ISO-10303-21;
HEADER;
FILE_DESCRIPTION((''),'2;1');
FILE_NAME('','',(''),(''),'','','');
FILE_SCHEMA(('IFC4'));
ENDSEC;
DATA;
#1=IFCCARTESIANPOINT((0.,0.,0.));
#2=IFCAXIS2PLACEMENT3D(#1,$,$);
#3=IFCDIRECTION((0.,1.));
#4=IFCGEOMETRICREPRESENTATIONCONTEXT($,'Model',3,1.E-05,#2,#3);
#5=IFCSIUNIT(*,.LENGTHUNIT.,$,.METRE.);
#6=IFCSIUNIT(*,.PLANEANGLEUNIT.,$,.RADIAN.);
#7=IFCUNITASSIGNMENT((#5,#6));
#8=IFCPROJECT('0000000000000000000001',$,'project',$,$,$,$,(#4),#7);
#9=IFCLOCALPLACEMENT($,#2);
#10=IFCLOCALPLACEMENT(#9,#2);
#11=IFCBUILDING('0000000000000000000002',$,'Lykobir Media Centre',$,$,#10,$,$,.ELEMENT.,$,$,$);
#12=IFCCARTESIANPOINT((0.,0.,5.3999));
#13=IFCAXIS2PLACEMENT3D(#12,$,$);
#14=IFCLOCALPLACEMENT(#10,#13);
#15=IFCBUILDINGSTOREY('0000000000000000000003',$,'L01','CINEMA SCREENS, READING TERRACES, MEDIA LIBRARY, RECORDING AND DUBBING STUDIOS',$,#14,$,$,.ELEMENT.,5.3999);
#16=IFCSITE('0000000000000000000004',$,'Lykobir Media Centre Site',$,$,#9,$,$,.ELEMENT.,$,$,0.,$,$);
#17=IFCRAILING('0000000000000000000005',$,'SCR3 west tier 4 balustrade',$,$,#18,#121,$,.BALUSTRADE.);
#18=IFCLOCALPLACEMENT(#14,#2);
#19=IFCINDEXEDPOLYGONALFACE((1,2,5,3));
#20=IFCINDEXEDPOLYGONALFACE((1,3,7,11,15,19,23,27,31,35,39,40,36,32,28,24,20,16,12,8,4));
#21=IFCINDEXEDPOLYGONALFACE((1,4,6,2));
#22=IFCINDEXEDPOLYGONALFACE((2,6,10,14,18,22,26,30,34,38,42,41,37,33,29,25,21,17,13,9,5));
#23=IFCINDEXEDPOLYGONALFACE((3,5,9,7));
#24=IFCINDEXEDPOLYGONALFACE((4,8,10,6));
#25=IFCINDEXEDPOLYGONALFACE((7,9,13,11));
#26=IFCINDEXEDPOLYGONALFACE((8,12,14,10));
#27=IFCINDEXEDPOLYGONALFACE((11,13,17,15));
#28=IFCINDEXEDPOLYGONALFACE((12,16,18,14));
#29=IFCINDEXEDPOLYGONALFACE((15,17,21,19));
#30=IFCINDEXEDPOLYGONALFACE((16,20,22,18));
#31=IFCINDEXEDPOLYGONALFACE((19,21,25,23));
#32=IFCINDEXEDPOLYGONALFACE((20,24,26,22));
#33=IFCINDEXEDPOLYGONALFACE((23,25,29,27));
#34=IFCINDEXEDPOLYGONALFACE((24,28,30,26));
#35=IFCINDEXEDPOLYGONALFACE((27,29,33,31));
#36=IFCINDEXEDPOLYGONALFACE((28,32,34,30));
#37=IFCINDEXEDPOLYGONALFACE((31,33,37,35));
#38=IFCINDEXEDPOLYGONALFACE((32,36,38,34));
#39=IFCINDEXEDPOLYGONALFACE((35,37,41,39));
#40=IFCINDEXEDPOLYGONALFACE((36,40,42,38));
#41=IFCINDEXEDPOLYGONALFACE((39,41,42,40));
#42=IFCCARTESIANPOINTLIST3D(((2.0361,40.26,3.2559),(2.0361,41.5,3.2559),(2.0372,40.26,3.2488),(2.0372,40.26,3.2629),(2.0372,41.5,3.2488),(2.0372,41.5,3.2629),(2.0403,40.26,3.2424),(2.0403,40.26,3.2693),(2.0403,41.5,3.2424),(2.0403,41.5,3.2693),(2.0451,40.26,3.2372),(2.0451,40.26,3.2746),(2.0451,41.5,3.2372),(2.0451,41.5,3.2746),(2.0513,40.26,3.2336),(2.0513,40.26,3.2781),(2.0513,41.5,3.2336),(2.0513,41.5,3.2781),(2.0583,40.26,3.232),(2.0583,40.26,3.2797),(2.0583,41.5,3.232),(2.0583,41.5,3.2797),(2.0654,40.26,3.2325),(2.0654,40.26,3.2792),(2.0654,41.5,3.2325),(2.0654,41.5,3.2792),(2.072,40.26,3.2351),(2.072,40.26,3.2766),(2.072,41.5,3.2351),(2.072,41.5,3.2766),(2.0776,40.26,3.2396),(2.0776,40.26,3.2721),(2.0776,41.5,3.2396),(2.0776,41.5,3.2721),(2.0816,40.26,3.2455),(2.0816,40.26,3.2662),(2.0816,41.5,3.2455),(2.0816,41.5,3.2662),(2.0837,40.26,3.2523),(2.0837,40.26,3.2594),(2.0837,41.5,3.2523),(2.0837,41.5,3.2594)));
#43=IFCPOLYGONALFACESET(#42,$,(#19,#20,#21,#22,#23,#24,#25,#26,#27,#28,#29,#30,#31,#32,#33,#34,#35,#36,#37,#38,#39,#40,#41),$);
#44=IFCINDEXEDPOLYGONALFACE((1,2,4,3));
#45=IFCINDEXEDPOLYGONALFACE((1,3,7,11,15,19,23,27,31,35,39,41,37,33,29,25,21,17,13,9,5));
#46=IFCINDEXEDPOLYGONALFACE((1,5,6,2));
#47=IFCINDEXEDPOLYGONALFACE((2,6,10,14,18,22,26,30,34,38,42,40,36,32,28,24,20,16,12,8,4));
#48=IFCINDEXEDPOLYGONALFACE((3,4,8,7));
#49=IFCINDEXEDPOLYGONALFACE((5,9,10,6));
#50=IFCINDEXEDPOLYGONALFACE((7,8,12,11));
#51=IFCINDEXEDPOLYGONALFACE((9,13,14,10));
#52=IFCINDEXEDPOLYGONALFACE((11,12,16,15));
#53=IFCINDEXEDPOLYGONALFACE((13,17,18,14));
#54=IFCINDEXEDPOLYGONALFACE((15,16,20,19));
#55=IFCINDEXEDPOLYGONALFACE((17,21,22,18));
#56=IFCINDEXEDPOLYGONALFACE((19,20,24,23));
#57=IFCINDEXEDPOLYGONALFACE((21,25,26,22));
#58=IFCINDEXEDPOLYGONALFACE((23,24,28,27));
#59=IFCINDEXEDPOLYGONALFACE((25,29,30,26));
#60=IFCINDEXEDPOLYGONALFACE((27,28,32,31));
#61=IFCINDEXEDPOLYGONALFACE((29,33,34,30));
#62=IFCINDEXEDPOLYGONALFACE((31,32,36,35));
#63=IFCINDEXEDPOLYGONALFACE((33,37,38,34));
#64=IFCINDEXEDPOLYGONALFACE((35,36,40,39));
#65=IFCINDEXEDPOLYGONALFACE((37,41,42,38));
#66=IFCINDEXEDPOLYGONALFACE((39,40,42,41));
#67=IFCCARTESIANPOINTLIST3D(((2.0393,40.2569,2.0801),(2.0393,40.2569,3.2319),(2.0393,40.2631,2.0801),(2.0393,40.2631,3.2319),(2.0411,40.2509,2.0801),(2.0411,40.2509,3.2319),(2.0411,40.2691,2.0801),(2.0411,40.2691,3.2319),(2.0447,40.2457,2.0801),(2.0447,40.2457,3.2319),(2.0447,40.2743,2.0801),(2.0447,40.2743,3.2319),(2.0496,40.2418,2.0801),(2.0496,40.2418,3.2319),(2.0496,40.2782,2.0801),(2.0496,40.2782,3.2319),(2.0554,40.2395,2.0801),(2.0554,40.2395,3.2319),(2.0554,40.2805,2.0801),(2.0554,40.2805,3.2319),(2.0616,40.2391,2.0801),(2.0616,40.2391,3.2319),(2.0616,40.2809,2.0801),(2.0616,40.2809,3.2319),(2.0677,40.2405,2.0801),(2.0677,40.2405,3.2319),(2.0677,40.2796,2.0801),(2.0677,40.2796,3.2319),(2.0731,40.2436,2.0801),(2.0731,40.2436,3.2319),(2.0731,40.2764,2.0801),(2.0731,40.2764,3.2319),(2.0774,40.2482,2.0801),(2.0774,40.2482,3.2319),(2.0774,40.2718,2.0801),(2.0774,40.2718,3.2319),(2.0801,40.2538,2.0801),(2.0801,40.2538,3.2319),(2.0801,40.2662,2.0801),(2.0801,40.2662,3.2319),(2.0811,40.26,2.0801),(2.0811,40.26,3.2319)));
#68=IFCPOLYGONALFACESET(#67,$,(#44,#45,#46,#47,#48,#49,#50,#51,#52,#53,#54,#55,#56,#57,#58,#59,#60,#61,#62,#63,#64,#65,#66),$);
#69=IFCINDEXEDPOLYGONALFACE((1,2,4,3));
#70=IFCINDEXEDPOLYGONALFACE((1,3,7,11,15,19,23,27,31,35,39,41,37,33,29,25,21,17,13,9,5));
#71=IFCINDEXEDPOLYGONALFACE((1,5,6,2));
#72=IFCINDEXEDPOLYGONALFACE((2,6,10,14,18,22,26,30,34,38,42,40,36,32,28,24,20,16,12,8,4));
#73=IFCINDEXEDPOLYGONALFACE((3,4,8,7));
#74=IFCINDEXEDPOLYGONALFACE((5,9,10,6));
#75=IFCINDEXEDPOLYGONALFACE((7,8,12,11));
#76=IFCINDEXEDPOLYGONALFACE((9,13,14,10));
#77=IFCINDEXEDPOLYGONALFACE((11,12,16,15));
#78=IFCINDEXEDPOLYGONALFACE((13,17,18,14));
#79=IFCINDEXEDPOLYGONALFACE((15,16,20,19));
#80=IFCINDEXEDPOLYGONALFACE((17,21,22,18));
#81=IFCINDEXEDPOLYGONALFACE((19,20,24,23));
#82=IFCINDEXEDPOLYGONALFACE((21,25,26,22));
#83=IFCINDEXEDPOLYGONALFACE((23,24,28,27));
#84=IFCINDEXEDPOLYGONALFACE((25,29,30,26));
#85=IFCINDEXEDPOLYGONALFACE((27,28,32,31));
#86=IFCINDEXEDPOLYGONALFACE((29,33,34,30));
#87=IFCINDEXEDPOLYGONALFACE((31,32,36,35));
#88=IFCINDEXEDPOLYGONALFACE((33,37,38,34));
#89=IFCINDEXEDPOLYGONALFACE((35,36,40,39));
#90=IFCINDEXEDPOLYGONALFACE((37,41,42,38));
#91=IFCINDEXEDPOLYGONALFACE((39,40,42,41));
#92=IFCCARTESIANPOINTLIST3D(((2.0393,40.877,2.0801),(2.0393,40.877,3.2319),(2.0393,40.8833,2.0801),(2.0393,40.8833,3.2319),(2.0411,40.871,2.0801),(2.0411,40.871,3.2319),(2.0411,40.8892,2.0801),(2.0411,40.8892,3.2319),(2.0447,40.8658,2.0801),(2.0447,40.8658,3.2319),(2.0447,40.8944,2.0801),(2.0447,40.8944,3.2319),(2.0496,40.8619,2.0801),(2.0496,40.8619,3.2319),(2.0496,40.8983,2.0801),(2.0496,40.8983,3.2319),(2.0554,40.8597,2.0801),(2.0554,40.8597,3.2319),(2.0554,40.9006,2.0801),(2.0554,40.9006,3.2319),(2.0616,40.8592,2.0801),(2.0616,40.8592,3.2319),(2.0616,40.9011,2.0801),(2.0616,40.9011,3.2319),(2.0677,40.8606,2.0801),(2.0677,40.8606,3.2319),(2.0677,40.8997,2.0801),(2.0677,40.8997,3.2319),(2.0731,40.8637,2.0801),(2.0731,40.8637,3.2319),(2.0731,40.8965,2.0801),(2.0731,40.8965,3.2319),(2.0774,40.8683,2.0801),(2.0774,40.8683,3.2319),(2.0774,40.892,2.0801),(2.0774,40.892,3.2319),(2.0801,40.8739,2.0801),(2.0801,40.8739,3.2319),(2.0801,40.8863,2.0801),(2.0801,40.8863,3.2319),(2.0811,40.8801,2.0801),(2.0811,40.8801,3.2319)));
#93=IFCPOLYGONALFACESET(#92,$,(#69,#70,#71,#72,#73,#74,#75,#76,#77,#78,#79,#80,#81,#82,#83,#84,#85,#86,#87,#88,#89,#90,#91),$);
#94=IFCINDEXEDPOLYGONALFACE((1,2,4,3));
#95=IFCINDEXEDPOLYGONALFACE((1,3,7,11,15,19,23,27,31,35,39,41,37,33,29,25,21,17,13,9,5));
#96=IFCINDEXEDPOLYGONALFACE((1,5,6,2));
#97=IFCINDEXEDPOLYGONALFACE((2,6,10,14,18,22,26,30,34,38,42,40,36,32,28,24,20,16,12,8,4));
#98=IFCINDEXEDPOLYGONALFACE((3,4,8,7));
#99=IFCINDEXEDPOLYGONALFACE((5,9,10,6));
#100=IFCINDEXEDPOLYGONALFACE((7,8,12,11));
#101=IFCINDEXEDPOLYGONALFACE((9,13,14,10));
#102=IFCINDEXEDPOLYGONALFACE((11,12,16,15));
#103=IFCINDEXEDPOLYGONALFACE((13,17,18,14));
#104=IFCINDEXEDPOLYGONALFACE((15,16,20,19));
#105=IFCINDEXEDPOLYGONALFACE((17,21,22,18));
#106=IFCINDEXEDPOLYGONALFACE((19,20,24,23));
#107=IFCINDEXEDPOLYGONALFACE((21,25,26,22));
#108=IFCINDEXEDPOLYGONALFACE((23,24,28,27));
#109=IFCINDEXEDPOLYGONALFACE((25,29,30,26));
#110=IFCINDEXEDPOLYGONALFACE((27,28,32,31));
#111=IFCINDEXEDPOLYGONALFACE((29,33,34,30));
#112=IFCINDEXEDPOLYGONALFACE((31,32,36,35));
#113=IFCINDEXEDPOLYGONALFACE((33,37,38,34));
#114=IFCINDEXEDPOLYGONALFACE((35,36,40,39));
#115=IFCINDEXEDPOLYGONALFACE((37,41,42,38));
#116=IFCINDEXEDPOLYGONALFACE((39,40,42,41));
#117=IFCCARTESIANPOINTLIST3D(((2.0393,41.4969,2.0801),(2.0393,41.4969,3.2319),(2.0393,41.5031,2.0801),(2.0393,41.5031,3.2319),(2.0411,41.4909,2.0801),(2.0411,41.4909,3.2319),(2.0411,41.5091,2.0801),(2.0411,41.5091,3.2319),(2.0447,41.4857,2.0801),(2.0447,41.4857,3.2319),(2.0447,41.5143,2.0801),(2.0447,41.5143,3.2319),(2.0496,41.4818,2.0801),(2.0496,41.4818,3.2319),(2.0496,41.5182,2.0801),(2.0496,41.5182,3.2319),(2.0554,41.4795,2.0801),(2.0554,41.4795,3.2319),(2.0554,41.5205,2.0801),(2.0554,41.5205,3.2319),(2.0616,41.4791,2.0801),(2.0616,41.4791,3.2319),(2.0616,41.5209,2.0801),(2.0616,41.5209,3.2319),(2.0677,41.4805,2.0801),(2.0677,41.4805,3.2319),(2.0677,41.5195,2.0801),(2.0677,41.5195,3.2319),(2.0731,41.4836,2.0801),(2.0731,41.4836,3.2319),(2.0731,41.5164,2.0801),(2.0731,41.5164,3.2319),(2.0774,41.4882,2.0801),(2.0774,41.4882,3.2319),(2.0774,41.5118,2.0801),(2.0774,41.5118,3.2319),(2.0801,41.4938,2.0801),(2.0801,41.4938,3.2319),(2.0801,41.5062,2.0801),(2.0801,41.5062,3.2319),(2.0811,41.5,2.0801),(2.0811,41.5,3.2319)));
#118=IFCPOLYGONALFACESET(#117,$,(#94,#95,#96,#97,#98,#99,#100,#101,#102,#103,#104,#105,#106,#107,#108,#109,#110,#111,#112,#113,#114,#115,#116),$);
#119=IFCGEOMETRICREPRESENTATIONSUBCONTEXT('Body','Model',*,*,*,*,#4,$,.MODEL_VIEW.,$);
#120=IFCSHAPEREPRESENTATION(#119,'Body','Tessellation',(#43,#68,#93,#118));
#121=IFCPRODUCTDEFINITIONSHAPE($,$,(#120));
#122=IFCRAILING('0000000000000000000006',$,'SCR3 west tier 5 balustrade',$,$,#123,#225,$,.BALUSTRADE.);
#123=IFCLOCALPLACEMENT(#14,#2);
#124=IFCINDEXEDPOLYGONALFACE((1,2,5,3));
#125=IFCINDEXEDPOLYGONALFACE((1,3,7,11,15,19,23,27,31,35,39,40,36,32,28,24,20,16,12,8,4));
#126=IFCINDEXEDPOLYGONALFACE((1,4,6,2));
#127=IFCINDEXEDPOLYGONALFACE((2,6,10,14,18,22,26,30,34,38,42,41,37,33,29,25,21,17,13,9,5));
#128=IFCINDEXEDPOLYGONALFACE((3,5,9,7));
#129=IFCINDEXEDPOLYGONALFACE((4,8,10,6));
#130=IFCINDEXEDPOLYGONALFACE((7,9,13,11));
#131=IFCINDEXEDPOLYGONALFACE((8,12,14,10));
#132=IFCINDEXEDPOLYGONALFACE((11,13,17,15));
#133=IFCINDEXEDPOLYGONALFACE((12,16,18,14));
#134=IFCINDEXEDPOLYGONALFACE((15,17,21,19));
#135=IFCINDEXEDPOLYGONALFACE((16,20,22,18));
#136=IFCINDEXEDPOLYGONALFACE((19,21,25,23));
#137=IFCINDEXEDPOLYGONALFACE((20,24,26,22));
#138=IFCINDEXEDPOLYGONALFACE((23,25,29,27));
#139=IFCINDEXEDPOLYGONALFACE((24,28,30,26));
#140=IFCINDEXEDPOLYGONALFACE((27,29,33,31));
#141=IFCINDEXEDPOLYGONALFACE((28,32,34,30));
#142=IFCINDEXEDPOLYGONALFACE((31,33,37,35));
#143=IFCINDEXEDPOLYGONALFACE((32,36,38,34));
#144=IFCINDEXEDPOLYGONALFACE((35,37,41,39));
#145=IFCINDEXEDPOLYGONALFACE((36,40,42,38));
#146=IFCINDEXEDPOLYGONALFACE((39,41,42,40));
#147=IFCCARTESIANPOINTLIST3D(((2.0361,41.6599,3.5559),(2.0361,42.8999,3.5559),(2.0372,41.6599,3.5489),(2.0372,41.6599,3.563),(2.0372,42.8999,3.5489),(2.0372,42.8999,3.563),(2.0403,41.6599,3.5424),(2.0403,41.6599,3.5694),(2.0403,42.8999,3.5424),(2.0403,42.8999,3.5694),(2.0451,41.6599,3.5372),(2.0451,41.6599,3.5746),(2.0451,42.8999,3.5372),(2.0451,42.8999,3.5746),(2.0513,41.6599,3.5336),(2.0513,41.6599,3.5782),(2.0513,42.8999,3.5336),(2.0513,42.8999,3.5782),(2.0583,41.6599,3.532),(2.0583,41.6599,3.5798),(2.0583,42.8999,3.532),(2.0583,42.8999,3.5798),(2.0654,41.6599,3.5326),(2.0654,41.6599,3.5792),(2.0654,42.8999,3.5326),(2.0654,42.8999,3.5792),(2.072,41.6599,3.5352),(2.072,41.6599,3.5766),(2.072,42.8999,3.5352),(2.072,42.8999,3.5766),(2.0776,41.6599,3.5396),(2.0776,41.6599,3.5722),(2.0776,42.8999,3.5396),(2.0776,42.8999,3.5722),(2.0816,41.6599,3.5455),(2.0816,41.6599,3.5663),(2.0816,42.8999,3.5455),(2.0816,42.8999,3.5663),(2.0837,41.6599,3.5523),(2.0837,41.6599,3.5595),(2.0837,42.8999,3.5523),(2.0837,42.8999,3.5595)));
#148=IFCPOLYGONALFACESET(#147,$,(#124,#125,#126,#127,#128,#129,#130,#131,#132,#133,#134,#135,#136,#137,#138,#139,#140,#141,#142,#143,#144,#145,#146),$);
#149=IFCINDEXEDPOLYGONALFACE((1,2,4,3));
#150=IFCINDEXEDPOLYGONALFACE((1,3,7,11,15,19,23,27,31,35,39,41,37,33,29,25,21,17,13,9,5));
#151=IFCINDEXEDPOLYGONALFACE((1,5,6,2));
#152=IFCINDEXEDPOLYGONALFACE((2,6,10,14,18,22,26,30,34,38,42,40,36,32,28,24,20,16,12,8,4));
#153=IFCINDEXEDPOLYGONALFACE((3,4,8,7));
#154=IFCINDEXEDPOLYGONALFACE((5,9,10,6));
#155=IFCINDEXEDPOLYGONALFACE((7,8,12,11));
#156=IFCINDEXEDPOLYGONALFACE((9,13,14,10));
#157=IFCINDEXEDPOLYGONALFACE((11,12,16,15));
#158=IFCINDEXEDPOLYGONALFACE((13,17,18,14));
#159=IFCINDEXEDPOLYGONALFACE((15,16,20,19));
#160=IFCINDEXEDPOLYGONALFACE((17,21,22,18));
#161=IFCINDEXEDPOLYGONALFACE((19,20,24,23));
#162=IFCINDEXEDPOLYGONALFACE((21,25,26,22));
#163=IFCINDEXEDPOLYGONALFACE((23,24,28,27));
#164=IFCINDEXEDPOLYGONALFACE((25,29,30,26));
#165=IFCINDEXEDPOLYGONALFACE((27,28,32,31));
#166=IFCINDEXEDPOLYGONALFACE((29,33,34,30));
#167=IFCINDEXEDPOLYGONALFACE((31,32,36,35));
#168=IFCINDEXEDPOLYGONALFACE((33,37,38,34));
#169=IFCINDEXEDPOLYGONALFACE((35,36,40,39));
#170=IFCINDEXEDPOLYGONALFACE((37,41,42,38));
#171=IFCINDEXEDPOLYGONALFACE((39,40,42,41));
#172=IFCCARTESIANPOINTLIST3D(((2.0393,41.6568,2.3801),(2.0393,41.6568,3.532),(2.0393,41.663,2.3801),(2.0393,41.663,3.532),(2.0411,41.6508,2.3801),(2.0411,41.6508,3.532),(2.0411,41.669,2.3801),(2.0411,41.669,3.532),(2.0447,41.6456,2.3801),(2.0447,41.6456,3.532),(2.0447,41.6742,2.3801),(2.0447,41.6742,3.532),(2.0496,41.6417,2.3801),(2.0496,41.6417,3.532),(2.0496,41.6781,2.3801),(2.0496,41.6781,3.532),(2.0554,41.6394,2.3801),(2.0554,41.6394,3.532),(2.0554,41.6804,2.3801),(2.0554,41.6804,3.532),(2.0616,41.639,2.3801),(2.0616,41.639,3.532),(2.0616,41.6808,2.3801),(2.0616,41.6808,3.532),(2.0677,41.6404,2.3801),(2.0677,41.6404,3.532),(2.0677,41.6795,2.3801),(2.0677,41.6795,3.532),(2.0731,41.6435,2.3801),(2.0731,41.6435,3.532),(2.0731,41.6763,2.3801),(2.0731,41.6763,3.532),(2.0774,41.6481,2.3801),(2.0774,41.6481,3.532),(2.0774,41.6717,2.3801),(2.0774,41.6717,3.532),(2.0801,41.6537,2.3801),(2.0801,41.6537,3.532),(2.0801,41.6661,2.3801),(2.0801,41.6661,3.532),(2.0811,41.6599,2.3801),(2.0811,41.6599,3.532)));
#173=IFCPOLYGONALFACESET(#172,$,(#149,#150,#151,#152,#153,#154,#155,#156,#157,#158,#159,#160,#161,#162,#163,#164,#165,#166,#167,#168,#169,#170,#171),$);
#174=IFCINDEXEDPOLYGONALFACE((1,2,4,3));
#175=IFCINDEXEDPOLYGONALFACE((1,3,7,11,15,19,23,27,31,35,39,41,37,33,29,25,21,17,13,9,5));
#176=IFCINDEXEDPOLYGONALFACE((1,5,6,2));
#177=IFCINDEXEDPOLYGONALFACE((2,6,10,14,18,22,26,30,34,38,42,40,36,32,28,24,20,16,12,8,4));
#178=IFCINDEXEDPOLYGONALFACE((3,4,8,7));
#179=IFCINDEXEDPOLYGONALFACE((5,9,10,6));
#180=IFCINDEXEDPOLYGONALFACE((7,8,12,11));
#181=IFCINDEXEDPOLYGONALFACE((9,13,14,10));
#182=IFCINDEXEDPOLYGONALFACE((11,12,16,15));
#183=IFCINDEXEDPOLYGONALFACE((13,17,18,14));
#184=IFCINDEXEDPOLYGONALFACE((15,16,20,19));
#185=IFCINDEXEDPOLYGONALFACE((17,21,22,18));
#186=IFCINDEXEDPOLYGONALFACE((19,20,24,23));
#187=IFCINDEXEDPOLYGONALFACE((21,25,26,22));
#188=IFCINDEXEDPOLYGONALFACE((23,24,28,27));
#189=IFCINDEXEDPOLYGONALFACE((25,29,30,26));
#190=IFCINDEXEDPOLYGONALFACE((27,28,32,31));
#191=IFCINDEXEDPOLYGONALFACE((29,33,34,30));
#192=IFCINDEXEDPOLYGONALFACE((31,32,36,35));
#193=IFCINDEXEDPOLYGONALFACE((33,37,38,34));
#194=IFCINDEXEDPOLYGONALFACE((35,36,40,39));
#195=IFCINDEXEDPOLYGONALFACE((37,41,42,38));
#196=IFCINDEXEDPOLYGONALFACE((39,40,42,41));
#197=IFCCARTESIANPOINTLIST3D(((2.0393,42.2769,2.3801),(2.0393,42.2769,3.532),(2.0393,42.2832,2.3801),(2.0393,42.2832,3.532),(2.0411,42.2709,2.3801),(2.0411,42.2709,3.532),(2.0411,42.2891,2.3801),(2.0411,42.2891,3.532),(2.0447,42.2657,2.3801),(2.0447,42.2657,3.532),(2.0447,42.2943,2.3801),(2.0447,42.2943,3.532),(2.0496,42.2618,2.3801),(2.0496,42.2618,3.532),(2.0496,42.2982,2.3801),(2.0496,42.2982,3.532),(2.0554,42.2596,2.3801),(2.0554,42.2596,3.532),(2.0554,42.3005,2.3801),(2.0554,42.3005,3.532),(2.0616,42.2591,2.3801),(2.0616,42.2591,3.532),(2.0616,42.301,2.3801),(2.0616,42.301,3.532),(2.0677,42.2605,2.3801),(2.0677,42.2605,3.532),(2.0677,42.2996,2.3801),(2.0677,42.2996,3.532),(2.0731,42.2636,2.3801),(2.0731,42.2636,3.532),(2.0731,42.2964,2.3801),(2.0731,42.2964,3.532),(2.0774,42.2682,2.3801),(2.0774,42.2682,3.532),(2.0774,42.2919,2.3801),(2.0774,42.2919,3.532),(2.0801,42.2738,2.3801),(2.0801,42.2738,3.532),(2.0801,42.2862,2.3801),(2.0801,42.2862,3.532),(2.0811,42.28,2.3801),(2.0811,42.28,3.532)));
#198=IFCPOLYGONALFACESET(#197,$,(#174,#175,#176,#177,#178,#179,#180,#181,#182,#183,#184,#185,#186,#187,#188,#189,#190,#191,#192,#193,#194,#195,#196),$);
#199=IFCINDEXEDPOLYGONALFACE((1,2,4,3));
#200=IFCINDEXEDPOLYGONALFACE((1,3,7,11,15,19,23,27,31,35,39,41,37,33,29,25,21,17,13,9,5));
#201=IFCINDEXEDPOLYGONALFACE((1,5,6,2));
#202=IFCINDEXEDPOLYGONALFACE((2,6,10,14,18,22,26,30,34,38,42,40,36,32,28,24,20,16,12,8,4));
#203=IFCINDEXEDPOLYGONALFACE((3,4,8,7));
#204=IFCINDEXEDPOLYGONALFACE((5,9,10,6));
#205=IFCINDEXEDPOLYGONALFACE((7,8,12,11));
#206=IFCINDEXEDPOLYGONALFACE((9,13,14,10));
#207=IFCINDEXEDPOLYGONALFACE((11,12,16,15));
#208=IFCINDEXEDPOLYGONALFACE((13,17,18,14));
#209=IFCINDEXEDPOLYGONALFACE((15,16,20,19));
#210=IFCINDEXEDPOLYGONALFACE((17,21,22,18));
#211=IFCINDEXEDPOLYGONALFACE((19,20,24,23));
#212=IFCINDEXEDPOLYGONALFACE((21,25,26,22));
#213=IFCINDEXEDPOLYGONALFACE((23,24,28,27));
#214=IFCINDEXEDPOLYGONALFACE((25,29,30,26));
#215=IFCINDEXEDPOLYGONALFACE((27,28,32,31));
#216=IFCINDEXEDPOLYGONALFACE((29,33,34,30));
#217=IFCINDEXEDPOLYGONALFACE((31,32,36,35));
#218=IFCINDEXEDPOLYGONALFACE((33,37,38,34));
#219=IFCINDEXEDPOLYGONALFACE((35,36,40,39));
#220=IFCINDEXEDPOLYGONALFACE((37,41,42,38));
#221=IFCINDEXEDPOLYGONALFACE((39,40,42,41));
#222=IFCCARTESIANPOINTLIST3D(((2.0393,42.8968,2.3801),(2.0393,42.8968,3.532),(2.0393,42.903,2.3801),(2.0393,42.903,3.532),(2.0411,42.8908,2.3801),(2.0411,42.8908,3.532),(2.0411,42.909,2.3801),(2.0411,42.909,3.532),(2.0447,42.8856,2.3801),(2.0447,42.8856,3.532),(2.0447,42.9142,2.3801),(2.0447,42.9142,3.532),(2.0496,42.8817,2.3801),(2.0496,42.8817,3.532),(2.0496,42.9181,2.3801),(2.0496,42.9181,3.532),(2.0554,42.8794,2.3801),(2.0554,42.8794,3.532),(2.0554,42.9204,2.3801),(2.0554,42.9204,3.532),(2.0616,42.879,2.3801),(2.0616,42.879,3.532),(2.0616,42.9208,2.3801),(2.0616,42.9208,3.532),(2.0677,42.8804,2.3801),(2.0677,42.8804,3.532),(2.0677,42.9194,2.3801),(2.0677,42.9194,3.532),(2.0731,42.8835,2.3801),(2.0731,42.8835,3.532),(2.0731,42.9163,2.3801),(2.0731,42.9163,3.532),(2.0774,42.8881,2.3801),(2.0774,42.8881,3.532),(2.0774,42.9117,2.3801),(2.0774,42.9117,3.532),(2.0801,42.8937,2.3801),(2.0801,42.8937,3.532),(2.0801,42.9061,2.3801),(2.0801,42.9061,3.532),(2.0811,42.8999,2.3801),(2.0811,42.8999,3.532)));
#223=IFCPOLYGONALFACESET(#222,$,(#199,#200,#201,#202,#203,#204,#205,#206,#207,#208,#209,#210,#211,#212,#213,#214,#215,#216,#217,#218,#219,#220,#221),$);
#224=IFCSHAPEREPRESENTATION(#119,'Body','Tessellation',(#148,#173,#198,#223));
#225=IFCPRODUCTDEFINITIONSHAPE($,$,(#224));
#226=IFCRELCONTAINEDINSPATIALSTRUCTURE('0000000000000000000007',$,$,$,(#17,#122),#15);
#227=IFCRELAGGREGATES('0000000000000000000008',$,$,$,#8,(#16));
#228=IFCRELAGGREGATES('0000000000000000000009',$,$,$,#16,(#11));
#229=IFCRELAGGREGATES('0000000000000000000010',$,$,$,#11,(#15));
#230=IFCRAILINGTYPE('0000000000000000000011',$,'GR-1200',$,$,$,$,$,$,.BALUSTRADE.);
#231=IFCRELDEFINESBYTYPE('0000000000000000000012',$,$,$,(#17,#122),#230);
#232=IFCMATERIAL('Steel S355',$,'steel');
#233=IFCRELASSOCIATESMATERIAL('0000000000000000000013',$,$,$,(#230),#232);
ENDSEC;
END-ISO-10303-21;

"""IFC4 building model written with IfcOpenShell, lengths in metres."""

from ifc_helpers import new_model, si_unit, direction, frame, origin, origin_2d, place, context, subcontext, project, spatial, circle, extrude, material, type_object, element, save


model = new_model("IFC4")

# Units and contexts
model_context = context("Model", 3, precision=1e-05, world=origin(), true_north=direction((0.0, 1.0)))
body_context = subcontext(model_context, "Body", "Model", "MODEL_VIEW")
ifc_project = project(units=[si_unit("LENGTHUNIT", "METRE"), si_unit("PLANEANGLEUNIT", "RADIAN")], contexts=[model_context])

# Site, building, storey
site_placement = place(None, origin())
site = spatial("IfcSite", under=ifc_project, at=site_placement, Name="Lykobir Media Centre Site", CompositionType="ELEMENT", RefElevation=0.0)
building_placement = place(site_placement, origin())
building = spatial("IfcBuilding", under=site, at=building_placement, Name="Lykobir Media Centre", CompositionType="ELEMENT")
storey_placement = place(building_placement, frame((0.0, 0.0, 5.3999)))
storey = spatial("IfcBuildingStorey", under=building, at=storey_placement, Name="L01", Description="CINEMA SCREENS, READING TERRACES, MEDIA LIBRARY, RECORDING AND DUBBING STUDIOS", CompositionType="ELEMENT", Elevation=5.3999)

# Shared definitions
ifc_material_1 = material(Name="Steel S355", Category="steel")

# Railings
railing_type = type_object("IfcRailingType", Name="GR-1200", PredefinedType="BALUSTRADE", material=ifc_material_1)
for number, where, name in (
    (1, (2.0601, 40.26, 2.0801), "SCR3 west tier 4 balustrade"),
    (2, (2.0601, 41.6599, 2.3801), "SCR3 west tier 5 balustrade"),
):
    element("IfcRailing", number, at=place(storey_placement, frame(where)), inside=storey, type_object=railing_type, Name=name, PredefinedType="BALUSTRADE", context=body_context, shape_type="SweptSolid", body=[
        extrude(circle(Radius=0.0239, at=origin_2d()), frame((0.0, 0.0, 1.1758), z_axis=(0.0, 1.0, 0.0), x_axis=(-1.0, 0.0, 0.0)), (0.0, 0.0, 1.0), 1.24),
        extrude(circle(Radius=0.021, at=origin_2d()), origin(), (0.0, 0.0, 1.0), 1.1519),
        extrude(circle(Radius=0.021, at=origin_2d()), frame((0.0, 0.6201, 0.0)), (0.0, 0.0, 1.0), 1.1519),
        extrude(circle(Radius=0.021, at=origin_2d()), frame((0.0, 1.24, 0.0)), (0.0, 0.0, 1.0), 1.1519),
    ])

save(model, "model.ifc")
